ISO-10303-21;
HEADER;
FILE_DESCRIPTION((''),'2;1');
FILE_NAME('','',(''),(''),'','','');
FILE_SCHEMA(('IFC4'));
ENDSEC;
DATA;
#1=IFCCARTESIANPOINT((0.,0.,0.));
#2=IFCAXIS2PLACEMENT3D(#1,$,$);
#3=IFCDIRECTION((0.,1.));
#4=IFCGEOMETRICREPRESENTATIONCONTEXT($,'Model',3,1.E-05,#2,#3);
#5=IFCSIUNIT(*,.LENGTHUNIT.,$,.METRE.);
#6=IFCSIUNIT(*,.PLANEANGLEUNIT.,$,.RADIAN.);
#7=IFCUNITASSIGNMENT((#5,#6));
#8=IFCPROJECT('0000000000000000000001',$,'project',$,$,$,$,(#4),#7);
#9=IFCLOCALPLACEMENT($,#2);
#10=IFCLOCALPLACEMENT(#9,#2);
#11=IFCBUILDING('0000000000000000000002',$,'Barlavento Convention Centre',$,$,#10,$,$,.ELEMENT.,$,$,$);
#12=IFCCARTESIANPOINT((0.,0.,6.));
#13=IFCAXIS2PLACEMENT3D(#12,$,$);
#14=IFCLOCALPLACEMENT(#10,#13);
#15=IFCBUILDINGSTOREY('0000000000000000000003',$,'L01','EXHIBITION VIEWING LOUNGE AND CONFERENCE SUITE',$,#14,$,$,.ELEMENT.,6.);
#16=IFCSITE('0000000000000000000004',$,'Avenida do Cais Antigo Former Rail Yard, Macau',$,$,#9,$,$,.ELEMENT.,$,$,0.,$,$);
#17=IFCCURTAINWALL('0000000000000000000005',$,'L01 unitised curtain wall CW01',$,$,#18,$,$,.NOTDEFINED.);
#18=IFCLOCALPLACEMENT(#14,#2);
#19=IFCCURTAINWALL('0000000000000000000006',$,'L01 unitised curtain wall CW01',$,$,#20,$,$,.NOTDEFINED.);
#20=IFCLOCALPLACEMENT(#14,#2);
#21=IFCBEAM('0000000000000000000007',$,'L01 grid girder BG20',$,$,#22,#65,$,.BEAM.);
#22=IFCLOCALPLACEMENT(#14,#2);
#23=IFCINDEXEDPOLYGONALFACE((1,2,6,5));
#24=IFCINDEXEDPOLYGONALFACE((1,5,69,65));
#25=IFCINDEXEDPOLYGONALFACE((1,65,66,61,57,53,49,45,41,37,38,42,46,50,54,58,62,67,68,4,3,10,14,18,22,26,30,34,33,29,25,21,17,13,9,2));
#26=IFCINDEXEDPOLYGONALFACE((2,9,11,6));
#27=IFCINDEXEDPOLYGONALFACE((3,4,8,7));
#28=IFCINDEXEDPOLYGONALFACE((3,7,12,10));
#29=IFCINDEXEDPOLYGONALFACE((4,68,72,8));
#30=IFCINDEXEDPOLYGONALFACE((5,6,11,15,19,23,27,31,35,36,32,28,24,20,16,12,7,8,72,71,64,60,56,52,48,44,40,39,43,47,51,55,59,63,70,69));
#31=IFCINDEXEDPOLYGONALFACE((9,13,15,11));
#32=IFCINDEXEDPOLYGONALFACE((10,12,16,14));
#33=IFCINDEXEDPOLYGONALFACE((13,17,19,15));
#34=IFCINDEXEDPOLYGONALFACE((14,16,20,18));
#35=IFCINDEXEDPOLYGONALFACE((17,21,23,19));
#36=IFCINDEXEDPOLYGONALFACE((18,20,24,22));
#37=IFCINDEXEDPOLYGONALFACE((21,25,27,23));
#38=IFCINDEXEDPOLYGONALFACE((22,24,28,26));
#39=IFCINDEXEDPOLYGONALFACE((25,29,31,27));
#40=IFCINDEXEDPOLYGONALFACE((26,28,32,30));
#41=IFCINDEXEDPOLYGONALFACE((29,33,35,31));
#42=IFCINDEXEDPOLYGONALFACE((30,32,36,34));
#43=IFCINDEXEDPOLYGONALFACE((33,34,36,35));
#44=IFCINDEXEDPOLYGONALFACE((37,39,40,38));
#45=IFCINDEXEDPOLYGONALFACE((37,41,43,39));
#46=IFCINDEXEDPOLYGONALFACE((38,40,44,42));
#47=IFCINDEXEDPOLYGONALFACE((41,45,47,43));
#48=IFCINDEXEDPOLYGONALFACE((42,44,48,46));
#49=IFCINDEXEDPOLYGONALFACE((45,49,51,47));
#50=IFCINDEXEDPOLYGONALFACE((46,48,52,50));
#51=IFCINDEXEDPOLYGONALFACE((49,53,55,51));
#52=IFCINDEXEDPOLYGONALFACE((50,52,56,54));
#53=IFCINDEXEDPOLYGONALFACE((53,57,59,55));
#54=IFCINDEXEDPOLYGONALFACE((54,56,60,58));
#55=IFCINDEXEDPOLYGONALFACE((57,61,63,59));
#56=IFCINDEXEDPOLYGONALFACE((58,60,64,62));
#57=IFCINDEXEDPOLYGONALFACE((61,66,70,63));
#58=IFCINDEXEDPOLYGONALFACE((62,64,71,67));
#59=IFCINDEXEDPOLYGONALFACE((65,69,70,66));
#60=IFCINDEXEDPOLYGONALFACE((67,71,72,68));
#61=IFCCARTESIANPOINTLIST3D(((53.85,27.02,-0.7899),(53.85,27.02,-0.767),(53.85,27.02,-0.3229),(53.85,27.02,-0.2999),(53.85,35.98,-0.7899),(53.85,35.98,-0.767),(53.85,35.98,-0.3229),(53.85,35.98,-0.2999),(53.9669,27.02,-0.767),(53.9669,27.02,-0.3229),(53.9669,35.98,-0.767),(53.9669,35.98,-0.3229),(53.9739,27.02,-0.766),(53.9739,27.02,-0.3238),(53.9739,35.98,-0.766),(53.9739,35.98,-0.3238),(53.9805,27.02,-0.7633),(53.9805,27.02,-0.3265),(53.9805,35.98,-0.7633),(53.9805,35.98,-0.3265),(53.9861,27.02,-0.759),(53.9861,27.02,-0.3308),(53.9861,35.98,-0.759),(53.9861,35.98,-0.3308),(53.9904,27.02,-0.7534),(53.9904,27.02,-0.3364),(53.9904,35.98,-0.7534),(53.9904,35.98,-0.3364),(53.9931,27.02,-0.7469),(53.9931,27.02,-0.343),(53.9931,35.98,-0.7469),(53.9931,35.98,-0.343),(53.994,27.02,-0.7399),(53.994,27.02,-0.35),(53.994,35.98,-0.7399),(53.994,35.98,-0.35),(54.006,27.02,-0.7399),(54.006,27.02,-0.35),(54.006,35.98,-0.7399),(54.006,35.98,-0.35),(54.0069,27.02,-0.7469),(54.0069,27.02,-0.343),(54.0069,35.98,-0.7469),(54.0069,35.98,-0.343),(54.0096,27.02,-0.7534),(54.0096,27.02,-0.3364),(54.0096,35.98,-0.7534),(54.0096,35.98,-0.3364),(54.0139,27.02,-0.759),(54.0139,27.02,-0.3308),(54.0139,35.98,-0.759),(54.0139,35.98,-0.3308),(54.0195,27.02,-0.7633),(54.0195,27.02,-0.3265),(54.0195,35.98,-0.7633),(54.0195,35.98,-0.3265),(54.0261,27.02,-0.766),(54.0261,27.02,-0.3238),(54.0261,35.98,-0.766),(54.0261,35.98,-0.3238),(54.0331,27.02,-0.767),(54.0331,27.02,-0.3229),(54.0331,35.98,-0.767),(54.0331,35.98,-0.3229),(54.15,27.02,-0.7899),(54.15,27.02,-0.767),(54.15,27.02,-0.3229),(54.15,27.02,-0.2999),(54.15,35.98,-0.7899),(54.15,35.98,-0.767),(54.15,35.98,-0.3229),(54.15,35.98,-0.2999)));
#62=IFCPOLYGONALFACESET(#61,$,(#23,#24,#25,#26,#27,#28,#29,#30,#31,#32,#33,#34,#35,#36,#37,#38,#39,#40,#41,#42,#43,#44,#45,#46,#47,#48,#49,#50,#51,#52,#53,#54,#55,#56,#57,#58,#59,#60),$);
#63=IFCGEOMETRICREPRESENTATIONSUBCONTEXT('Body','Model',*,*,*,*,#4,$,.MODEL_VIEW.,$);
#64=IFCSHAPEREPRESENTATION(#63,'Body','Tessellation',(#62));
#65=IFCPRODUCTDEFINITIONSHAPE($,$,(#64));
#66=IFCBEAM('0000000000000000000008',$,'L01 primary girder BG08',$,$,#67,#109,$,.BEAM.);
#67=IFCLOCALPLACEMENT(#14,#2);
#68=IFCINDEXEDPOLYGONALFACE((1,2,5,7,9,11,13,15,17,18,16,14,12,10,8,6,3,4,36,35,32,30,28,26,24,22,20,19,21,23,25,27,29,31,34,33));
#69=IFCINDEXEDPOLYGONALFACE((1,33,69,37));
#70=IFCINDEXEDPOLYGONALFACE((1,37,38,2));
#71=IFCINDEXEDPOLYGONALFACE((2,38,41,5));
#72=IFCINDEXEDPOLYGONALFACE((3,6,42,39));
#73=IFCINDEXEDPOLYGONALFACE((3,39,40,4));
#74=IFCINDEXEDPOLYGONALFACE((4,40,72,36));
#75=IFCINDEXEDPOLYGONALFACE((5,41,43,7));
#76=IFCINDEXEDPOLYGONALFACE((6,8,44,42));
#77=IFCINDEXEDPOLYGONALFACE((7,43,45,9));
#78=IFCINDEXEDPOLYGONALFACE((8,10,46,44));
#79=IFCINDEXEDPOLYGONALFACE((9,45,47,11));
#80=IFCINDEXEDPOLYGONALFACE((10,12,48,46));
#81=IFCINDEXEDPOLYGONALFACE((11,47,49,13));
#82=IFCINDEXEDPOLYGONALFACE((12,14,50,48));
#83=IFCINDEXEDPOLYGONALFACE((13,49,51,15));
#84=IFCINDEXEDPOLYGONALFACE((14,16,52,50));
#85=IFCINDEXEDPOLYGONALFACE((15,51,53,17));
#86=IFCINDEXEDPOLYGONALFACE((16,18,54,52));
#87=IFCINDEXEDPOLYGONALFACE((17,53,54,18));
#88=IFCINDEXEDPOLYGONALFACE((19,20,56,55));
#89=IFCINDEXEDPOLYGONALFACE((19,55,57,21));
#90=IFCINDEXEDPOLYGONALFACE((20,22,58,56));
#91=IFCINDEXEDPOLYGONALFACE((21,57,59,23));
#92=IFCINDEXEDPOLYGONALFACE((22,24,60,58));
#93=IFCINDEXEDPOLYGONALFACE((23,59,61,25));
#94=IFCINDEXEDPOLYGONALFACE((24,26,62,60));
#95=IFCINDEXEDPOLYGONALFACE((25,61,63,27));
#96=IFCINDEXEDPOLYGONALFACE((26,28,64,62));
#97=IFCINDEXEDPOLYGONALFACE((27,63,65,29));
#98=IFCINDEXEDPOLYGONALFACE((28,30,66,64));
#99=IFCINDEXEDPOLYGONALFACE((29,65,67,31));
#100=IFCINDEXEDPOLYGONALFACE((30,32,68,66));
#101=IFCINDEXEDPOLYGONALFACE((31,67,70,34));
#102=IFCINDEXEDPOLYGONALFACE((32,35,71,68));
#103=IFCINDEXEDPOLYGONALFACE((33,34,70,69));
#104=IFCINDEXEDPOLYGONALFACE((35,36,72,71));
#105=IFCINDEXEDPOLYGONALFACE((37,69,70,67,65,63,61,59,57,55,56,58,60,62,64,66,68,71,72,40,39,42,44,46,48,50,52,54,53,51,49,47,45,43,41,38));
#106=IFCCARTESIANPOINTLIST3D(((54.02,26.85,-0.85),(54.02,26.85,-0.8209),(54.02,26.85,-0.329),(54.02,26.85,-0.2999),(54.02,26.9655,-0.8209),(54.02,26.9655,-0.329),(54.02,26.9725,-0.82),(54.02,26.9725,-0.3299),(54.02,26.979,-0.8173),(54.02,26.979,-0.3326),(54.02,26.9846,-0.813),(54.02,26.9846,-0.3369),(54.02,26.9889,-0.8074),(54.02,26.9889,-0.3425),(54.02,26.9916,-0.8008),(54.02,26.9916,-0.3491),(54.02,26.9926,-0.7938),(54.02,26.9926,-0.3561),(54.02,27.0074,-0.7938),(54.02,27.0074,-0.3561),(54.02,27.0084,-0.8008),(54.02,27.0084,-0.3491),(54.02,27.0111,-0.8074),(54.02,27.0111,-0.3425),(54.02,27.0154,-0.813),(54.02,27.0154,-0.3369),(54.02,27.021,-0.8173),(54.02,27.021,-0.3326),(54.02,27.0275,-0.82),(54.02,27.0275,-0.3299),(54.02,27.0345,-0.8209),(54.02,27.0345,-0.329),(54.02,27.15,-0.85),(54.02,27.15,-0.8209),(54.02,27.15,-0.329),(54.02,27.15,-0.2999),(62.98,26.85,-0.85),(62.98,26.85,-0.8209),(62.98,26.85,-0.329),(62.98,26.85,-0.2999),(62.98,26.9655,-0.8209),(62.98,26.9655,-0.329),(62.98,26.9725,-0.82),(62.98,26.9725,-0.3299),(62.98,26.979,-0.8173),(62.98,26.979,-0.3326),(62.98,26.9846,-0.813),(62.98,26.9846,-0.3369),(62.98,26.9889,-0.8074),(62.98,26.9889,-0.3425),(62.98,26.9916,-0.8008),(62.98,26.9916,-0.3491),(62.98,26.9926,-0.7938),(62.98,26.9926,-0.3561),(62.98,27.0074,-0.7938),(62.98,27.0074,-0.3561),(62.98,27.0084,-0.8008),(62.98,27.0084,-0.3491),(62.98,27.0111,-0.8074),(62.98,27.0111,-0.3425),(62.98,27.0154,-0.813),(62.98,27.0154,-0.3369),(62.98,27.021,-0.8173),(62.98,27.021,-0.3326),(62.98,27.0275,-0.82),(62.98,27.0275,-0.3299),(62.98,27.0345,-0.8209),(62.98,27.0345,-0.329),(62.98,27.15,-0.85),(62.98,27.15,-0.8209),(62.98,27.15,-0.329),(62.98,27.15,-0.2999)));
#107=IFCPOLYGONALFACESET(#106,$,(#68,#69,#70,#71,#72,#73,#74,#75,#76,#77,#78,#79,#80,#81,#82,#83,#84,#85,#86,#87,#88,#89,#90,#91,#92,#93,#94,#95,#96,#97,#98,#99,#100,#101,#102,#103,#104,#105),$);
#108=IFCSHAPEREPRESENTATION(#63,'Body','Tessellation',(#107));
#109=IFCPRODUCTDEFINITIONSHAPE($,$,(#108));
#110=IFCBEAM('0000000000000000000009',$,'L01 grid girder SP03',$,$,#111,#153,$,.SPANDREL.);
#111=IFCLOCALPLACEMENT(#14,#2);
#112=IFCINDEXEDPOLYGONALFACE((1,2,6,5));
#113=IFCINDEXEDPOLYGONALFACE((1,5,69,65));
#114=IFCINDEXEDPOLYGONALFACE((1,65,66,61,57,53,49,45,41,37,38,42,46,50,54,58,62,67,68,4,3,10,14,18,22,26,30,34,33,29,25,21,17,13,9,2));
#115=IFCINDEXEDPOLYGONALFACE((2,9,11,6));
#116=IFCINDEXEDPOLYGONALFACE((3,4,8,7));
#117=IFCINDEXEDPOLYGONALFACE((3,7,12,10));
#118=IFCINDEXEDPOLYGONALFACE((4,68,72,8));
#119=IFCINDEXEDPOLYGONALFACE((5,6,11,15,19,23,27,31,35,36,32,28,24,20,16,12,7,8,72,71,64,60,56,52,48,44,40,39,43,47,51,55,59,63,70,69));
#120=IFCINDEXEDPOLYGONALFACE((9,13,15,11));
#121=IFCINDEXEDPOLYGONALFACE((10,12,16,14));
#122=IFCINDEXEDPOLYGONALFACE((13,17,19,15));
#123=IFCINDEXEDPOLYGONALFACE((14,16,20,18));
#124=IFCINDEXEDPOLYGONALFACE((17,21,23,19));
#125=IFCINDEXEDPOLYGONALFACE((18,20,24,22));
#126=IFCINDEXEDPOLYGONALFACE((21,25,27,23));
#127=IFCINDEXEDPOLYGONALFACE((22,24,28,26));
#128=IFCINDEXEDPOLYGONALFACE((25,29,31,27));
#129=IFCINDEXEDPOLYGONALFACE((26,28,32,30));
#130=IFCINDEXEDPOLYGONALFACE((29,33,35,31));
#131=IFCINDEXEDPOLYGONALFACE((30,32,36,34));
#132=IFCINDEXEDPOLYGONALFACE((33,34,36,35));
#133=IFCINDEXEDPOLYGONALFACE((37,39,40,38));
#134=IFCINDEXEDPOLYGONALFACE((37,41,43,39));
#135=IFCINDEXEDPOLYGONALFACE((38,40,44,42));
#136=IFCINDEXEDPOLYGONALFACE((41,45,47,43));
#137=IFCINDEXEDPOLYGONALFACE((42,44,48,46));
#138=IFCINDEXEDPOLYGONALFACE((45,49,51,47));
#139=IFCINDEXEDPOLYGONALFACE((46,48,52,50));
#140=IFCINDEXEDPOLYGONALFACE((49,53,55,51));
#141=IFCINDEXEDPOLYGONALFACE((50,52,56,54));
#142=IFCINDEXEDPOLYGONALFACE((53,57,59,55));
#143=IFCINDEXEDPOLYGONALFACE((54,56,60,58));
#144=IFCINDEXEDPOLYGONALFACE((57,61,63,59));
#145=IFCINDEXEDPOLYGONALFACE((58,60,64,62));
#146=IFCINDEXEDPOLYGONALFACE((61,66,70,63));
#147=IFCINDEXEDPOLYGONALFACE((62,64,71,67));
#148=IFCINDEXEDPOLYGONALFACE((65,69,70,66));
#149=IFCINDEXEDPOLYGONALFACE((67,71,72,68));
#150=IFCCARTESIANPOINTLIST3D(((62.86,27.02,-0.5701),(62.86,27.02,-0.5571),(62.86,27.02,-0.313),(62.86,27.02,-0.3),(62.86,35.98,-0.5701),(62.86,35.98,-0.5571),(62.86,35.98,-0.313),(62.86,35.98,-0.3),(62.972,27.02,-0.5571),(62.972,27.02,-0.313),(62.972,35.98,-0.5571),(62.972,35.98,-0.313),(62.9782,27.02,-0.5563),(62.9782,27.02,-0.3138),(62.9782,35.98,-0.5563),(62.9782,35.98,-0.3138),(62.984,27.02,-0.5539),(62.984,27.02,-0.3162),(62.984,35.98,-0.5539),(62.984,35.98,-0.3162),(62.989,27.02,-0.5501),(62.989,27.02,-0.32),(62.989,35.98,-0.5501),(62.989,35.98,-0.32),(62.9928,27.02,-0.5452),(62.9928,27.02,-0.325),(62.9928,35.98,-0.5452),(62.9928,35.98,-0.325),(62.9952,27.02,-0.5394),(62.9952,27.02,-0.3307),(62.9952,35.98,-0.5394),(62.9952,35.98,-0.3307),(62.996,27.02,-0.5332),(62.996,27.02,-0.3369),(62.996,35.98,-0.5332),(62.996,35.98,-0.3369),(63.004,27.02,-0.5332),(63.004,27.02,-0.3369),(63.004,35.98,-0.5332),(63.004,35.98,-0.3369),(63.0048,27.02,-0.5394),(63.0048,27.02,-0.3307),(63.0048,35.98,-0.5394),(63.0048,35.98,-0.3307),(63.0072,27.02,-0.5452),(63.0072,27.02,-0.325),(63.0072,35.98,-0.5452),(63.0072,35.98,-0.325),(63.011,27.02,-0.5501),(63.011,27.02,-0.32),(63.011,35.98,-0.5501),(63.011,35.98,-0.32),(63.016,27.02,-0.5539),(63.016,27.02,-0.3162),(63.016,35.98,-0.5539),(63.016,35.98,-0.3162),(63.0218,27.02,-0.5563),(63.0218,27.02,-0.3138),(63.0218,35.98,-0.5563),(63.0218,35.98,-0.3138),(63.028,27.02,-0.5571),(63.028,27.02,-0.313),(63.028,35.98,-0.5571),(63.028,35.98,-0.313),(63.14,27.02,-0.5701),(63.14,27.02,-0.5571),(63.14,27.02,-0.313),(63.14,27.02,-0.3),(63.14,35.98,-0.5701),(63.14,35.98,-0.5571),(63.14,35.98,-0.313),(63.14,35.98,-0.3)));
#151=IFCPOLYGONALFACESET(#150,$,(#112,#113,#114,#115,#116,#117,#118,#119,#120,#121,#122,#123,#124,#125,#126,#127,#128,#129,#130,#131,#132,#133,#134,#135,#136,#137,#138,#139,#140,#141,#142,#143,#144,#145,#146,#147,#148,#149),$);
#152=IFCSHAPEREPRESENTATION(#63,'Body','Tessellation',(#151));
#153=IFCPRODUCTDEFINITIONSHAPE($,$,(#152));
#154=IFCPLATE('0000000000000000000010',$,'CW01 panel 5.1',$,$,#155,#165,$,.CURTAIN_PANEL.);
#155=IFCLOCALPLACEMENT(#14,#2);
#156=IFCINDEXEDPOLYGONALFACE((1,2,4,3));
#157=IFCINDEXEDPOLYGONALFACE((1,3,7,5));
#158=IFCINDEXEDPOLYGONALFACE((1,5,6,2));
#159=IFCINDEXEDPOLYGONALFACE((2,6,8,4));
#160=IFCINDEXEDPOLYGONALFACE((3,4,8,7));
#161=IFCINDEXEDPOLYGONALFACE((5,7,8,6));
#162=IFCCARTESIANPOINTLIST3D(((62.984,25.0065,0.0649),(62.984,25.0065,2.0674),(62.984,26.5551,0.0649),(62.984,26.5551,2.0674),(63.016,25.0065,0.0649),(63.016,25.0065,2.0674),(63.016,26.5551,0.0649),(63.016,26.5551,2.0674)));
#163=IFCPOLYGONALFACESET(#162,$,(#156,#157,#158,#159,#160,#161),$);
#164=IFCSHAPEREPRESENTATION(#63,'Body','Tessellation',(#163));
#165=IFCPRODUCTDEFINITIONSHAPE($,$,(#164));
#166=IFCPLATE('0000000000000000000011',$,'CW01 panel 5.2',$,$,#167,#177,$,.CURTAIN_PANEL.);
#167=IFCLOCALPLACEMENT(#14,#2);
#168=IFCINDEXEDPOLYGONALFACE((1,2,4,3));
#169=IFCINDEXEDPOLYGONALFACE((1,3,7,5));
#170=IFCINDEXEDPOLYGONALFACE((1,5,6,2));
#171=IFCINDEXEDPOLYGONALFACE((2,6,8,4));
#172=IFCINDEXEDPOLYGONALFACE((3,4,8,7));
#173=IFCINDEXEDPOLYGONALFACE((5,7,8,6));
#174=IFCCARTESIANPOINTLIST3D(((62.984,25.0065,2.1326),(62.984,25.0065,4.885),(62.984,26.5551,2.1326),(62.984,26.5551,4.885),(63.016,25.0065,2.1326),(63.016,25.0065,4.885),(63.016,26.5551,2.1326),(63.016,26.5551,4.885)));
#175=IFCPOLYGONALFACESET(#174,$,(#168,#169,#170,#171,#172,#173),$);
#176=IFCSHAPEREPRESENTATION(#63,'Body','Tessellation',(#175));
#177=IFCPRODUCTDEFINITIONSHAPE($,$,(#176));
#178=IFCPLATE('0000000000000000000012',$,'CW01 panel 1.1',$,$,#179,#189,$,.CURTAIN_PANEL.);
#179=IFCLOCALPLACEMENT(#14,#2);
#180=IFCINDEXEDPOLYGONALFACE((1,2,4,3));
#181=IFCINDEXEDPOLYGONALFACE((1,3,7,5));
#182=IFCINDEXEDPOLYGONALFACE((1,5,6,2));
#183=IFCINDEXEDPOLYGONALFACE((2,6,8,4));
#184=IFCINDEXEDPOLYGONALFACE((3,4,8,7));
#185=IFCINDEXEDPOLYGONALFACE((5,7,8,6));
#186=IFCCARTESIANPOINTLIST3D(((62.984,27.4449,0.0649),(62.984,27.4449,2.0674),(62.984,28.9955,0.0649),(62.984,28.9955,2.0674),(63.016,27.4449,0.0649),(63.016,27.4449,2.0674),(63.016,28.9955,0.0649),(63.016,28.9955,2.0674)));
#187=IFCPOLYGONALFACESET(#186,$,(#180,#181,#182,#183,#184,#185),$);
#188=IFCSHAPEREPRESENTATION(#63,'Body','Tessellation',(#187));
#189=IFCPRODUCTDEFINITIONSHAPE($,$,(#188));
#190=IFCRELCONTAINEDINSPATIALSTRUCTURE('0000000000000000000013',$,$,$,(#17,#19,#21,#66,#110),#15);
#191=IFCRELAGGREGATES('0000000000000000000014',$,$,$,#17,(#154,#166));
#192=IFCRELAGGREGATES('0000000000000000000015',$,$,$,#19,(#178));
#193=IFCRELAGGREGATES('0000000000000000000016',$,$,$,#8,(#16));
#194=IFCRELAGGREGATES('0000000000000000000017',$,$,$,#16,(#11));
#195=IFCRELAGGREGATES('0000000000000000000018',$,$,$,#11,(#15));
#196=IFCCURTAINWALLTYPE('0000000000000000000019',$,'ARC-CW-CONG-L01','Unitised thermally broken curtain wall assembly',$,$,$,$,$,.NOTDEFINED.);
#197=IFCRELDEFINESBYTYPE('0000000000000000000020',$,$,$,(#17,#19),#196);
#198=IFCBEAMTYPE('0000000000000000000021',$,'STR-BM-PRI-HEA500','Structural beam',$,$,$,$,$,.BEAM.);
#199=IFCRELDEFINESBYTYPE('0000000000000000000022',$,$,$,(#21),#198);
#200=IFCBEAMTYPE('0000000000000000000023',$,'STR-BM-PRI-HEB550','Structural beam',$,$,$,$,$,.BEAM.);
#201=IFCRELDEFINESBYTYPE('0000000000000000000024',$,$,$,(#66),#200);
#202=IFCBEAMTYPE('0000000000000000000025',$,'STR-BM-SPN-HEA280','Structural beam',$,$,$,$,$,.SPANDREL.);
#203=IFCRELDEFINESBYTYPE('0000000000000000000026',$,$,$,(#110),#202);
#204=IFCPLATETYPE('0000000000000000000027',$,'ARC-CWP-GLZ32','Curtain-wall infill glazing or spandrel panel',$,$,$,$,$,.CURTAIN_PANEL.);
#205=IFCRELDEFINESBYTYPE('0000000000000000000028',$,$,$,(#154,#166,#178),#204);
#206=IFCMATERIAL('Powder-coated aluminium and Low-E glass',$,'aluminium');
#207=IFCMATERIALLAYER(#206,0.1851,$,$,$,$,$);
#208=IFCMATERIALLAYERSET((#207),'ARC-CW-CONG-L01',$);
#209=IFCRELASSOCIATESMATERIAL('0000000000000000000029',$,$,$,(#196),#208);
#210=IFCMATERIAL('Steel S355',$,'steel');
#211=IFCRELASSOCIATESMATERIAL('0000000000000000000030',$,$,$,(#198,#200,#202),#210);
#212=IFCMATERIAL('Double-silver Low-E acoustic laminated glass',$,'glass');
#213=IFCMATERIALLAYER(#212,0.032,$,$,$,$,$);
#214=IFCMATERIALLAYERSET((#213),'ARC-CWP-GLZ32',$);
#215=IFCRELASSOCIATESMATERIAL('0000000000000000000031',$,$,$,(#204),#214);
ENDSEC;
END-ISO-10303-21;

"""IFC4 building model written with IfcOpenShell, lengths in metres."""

from ifc_helpers import new_model, si_unit, direction, frame, origin, origin_2d, place, context, subcontext, project, spatial, rectangle, i_section, extrude, material, layer, layer_set, material_profile, profile_set, type_object, element, aggregate, save


model = new_model("IFC4")

# Units and contexts
model_context = context("Model", 3, precision=1e-05, world=origin(), true_north=direction((0.0, 1.0)))
body_context = subcontext(model_context, "Body", "Model", "MODEL_VIEW")
ifc_project = project(units=[si_unit("LENGTHUNIT", "METRE"), si_unit("PLANEANGLEUNIT", "RADIAN")], contexts=[model_context])

# Site, building, storey
site_placement = place(None, origin())
site = spatial("IfcSite", under=ifc_project, at=site_placement, Name="Avenida do Cais Antigo Former Rail Yard, Macau", CompositionType="ELEMENT", RefElevation=0.0)
building_placement = place(site_placement, origin())
building = spatial("IfcBuilding", under=site, at=building_placement, Name="Barlavento Convention Centre", CompositionType="ELEMENT")
storey_placement = place(building_placement, frame((0.0, 0.0, 6.0)))
storey = spatial("IfcBuildingStorey", under=building, at=storey_placement, Name="L01", Description="EXHIBITION VIEWING LOUNGE AND CONFERENCE SUITE", CompositionType="ELEMENT", Elevation=6.0)

# Shared definitions
ifc_material_1 = material(Name="Steel S355", Category="steel")

# Curtain wall
ifc_material_2 = material(Name="Powder-coated aluminium and Low-E glass", Category="aluminium")
ifc_layer_1 = layer(ifc_material_2, 0.1851)
ifc_layer_set_1 = layer_set([ifc_layer_1], Name="ARC-CW-CONG-L01")
curtain_wall_type = type_object("IfcCurtainWallType", Name="ARC-CW-CONG-L01", Description="Unitised thermally broken curtain wall assembly", PredefinedType="NOTDEFINED", material=ifc_layer_set_1)
curtain_wall_1_placement = place(storey_placement, origin())
curtain_wall_1 = element("IfcCurtainWall", 1, at=curtain_wall_1_placement, inside=storey, type_object=curtain_wall_type, Name="L01 unitised curtain wall CW01", PredefinedType="NOTDEFINED")

# Curtain wall
curtain_wall_2_placement = place(storey_placement, origin())
curtain_wall_2 = element("IfcCurtainWall", 2, at=curtain_wall_2_placement, inside=storey, type_object=curtain_wall_type, Name="L01 unitised curtain wall CW01", PredefinedType="NOTDEFINED")

# Beams
ifc_material_profile_1 = material_profile(ifc_material_1, i_section(OverallWidth=0.3, OverallDepth=0.49, WebThickness=0.012, FlangeThickness=0.0229, FilletRadius=0.0271, at=origin_2d()), Name="HEA 500")
ifc_profile_set_1 = profile_set([ifc_material_profile_1], Name="Steel S355")
beam_type_1 = type_object("IfcBeamType", Name="STR-BM-PRI-HEA500", Description="Structural beam", PredefinedType="BEAM", material=ifc_profile_set_1)
beam_1_placement = place(storey_placement, frame((54.0, 27.02, -0.5449), z_axis=(0.0, 1.0, 0.0), x_axis=(-1.0, 0.0, 0.0)))
element("IfcBeam", 3, at=beam_1_placement, inside=storey, type_object=beam_type_1, Name="L01 grid girder BG20", PredefinedType="BEAM", context=body_context, shape_type="SweptSolid", body=[
    extrude(i_section(OverallWidth=0.3, OverallDepth=0.49, WebThickness=0.012, FlangeThickness=0.0229, FilletRadius=0.0271, at=origin_2d()), origin(), (0.0, 0.0, 1.0), 8.96),
])
ifc_material_profile_2 = material_profile(ifc_material_1, i_section(OverallWidth=0.3, OverallDepth=0.55, WebThickness=0.0149, FlangeThickness=0.0291, FilletRadius=0.0271, at=origin_2d()), Name="HEB 550")
ifc_profile_set_2 = profile_set([ifc_material_profile_2], Name="Steel S355")
beam_type_2 = type_object("IfcBeamType", Name="STR-BM-PRI-HEB550", Description="Structural beam", PredefinedType="BEAM", material=ifc_profile_set_2)
beam_2_placement = place(storey_placement, frame((54.02, 27.0, -0.575), z_axis=(1.0, 0.0, 0.0), x_axis=(0.0, 1.0, 0.0)))
element("IfcBeam", 4, at=beam_2_placement, inside=storey, type_object=beam_type_2, Name="L01 primary girder BG08", PredefinedType="BEAM", context=body_context, shape_type="SweptSolid", body=[
    extrude(i_section(OverallWidth=0.3, OverallDepth=0.55, WebThickness=0.0149, FlangeThickness=0.0291, FilletRadius=0.0271, at=origin_2d()), origin(), (0.0, 0.0, 1.0), 8.96),
])
ifc_material_profile_3 = material_profile(ifc_material_1, i_section(OverallWidth=0.28, OverallDepth=0.27, WebThickness=0.0081, FlangeThickness=0.0129, FilletRadius=0.0239, at=origin_2d()), Name="HEA 280")
ifc_profile_set_3 = profile_set([ifc_material_profile_3], Name="Steel S355")
beam_type_3 = type_object("IfcBeamType", Name="STR-BM-SPN-HEA280", Description="Structural beam", PredefinedType="SPANDREL", material=ifc_profile_set_3)
beam_3_placement = place(storey_placement, frame((63.0, 27.02, -0.4351), z_axis=(0.0, 1.0, 0.0), x_axis=(-1.0, 0.0, 0.0)))
element("IfcBeam", 5, at=beam_3_placement, inside=storey, type_object=beam_type_3, Name="L01 grid girder SP03", PredefinedType="SPANDREL", context=body_context, shape_type="SweptSolid", body=[
    extrude(i_section(OverallWidth=0.28, OverallDepth=0.27, WebThickness=0.0081, FlangeThickness=0.0129, FilletRadius=0.0239, at=origin_2d()), origin(), (0.0, 0.0, 1.0), 8.96),
])

# Plates
ifc_material_3 = material(Name="Double-silver Low-E acoustic laminated glass", Category="glass")
ifc_layer_2 = layer(ifc_material_3, 0.032)
ifc_layer_set_2 = layer_set([ifc_layer_2], Name="ARC-CWP-GLZ32")
plate_type = type_object("IfcPlateType", Name="ARC-CWP-GLZ32", Description="Curtain-wall infill glazing or spandrel panel", PredefinedType="CURTAIN_PANEL", material=ifc_layer_set_2)
plate_1_placement = place(storey_placement, frame((63.0, 25.7808, 0.0649), z_axis=(0.0, 0.0, 1.0), x_axis=(0.0, 1.0, 0.0)))
plate_1 = element("IfcPlate", 6, at=plate_1_placement, type_object=plate_type, Name="CW01 panel 5.1", PredefinedType="CURTAIN_PANEL", context=body_context, shape_type="SweptSolid", body=[
    extrude(rectangle(XDim=1.5486, YDim=0.032, at=origin_2d()), origin(), (0.0, 0.0, 1.0), 2.0024),
])
plate_2_placement = place(storey_placement, frame((63.0, 25.7808, 2.1326), z_axis=(0.0, 0.0, 1.0), x_axis=(0.0, 1.0, 0.0)))
plate_2 = element("IfcPlate", 7, at=plate_2_placement, type_object=plate_type, Name="CW01 panel 5.2", PredefinedType="CURTAIN_PANEL", context=body_context, shape_type="SweptSolid", body=[
    extrude(rectangle(XDim=1.5486, YDim=0.032, at=origin_2d()), origin(), (0.0, 0.0, 1.0), 2.7524),
])
aggregate(curtain_wall_1, [plate_1, plate_2])
plate_3_placement = place(storey_placement, frame((63.0, 28.2202, 0.0649), z_axis=(0.0, 0.0, 1.0), x_axis=(0.0, 1.0, 0.0)))
plate_3 = element("IfcPlate", 8, at=plate_3_placement, type_object=plate_type, Name="CW01 panel 1.1", PredefinedType="CURTAIN_PANEL", context=body_context, shape_type="SweptSolid", body=[
    extrude(rectangle(XDim=1.5505, YDim=0.032, at=origin_2d()), origin(), (0.0, 0.0, 1.0), 2.0024),
])
aggregate(curtain_wall_2, [plate_3])

save(model, "model.ifc")
